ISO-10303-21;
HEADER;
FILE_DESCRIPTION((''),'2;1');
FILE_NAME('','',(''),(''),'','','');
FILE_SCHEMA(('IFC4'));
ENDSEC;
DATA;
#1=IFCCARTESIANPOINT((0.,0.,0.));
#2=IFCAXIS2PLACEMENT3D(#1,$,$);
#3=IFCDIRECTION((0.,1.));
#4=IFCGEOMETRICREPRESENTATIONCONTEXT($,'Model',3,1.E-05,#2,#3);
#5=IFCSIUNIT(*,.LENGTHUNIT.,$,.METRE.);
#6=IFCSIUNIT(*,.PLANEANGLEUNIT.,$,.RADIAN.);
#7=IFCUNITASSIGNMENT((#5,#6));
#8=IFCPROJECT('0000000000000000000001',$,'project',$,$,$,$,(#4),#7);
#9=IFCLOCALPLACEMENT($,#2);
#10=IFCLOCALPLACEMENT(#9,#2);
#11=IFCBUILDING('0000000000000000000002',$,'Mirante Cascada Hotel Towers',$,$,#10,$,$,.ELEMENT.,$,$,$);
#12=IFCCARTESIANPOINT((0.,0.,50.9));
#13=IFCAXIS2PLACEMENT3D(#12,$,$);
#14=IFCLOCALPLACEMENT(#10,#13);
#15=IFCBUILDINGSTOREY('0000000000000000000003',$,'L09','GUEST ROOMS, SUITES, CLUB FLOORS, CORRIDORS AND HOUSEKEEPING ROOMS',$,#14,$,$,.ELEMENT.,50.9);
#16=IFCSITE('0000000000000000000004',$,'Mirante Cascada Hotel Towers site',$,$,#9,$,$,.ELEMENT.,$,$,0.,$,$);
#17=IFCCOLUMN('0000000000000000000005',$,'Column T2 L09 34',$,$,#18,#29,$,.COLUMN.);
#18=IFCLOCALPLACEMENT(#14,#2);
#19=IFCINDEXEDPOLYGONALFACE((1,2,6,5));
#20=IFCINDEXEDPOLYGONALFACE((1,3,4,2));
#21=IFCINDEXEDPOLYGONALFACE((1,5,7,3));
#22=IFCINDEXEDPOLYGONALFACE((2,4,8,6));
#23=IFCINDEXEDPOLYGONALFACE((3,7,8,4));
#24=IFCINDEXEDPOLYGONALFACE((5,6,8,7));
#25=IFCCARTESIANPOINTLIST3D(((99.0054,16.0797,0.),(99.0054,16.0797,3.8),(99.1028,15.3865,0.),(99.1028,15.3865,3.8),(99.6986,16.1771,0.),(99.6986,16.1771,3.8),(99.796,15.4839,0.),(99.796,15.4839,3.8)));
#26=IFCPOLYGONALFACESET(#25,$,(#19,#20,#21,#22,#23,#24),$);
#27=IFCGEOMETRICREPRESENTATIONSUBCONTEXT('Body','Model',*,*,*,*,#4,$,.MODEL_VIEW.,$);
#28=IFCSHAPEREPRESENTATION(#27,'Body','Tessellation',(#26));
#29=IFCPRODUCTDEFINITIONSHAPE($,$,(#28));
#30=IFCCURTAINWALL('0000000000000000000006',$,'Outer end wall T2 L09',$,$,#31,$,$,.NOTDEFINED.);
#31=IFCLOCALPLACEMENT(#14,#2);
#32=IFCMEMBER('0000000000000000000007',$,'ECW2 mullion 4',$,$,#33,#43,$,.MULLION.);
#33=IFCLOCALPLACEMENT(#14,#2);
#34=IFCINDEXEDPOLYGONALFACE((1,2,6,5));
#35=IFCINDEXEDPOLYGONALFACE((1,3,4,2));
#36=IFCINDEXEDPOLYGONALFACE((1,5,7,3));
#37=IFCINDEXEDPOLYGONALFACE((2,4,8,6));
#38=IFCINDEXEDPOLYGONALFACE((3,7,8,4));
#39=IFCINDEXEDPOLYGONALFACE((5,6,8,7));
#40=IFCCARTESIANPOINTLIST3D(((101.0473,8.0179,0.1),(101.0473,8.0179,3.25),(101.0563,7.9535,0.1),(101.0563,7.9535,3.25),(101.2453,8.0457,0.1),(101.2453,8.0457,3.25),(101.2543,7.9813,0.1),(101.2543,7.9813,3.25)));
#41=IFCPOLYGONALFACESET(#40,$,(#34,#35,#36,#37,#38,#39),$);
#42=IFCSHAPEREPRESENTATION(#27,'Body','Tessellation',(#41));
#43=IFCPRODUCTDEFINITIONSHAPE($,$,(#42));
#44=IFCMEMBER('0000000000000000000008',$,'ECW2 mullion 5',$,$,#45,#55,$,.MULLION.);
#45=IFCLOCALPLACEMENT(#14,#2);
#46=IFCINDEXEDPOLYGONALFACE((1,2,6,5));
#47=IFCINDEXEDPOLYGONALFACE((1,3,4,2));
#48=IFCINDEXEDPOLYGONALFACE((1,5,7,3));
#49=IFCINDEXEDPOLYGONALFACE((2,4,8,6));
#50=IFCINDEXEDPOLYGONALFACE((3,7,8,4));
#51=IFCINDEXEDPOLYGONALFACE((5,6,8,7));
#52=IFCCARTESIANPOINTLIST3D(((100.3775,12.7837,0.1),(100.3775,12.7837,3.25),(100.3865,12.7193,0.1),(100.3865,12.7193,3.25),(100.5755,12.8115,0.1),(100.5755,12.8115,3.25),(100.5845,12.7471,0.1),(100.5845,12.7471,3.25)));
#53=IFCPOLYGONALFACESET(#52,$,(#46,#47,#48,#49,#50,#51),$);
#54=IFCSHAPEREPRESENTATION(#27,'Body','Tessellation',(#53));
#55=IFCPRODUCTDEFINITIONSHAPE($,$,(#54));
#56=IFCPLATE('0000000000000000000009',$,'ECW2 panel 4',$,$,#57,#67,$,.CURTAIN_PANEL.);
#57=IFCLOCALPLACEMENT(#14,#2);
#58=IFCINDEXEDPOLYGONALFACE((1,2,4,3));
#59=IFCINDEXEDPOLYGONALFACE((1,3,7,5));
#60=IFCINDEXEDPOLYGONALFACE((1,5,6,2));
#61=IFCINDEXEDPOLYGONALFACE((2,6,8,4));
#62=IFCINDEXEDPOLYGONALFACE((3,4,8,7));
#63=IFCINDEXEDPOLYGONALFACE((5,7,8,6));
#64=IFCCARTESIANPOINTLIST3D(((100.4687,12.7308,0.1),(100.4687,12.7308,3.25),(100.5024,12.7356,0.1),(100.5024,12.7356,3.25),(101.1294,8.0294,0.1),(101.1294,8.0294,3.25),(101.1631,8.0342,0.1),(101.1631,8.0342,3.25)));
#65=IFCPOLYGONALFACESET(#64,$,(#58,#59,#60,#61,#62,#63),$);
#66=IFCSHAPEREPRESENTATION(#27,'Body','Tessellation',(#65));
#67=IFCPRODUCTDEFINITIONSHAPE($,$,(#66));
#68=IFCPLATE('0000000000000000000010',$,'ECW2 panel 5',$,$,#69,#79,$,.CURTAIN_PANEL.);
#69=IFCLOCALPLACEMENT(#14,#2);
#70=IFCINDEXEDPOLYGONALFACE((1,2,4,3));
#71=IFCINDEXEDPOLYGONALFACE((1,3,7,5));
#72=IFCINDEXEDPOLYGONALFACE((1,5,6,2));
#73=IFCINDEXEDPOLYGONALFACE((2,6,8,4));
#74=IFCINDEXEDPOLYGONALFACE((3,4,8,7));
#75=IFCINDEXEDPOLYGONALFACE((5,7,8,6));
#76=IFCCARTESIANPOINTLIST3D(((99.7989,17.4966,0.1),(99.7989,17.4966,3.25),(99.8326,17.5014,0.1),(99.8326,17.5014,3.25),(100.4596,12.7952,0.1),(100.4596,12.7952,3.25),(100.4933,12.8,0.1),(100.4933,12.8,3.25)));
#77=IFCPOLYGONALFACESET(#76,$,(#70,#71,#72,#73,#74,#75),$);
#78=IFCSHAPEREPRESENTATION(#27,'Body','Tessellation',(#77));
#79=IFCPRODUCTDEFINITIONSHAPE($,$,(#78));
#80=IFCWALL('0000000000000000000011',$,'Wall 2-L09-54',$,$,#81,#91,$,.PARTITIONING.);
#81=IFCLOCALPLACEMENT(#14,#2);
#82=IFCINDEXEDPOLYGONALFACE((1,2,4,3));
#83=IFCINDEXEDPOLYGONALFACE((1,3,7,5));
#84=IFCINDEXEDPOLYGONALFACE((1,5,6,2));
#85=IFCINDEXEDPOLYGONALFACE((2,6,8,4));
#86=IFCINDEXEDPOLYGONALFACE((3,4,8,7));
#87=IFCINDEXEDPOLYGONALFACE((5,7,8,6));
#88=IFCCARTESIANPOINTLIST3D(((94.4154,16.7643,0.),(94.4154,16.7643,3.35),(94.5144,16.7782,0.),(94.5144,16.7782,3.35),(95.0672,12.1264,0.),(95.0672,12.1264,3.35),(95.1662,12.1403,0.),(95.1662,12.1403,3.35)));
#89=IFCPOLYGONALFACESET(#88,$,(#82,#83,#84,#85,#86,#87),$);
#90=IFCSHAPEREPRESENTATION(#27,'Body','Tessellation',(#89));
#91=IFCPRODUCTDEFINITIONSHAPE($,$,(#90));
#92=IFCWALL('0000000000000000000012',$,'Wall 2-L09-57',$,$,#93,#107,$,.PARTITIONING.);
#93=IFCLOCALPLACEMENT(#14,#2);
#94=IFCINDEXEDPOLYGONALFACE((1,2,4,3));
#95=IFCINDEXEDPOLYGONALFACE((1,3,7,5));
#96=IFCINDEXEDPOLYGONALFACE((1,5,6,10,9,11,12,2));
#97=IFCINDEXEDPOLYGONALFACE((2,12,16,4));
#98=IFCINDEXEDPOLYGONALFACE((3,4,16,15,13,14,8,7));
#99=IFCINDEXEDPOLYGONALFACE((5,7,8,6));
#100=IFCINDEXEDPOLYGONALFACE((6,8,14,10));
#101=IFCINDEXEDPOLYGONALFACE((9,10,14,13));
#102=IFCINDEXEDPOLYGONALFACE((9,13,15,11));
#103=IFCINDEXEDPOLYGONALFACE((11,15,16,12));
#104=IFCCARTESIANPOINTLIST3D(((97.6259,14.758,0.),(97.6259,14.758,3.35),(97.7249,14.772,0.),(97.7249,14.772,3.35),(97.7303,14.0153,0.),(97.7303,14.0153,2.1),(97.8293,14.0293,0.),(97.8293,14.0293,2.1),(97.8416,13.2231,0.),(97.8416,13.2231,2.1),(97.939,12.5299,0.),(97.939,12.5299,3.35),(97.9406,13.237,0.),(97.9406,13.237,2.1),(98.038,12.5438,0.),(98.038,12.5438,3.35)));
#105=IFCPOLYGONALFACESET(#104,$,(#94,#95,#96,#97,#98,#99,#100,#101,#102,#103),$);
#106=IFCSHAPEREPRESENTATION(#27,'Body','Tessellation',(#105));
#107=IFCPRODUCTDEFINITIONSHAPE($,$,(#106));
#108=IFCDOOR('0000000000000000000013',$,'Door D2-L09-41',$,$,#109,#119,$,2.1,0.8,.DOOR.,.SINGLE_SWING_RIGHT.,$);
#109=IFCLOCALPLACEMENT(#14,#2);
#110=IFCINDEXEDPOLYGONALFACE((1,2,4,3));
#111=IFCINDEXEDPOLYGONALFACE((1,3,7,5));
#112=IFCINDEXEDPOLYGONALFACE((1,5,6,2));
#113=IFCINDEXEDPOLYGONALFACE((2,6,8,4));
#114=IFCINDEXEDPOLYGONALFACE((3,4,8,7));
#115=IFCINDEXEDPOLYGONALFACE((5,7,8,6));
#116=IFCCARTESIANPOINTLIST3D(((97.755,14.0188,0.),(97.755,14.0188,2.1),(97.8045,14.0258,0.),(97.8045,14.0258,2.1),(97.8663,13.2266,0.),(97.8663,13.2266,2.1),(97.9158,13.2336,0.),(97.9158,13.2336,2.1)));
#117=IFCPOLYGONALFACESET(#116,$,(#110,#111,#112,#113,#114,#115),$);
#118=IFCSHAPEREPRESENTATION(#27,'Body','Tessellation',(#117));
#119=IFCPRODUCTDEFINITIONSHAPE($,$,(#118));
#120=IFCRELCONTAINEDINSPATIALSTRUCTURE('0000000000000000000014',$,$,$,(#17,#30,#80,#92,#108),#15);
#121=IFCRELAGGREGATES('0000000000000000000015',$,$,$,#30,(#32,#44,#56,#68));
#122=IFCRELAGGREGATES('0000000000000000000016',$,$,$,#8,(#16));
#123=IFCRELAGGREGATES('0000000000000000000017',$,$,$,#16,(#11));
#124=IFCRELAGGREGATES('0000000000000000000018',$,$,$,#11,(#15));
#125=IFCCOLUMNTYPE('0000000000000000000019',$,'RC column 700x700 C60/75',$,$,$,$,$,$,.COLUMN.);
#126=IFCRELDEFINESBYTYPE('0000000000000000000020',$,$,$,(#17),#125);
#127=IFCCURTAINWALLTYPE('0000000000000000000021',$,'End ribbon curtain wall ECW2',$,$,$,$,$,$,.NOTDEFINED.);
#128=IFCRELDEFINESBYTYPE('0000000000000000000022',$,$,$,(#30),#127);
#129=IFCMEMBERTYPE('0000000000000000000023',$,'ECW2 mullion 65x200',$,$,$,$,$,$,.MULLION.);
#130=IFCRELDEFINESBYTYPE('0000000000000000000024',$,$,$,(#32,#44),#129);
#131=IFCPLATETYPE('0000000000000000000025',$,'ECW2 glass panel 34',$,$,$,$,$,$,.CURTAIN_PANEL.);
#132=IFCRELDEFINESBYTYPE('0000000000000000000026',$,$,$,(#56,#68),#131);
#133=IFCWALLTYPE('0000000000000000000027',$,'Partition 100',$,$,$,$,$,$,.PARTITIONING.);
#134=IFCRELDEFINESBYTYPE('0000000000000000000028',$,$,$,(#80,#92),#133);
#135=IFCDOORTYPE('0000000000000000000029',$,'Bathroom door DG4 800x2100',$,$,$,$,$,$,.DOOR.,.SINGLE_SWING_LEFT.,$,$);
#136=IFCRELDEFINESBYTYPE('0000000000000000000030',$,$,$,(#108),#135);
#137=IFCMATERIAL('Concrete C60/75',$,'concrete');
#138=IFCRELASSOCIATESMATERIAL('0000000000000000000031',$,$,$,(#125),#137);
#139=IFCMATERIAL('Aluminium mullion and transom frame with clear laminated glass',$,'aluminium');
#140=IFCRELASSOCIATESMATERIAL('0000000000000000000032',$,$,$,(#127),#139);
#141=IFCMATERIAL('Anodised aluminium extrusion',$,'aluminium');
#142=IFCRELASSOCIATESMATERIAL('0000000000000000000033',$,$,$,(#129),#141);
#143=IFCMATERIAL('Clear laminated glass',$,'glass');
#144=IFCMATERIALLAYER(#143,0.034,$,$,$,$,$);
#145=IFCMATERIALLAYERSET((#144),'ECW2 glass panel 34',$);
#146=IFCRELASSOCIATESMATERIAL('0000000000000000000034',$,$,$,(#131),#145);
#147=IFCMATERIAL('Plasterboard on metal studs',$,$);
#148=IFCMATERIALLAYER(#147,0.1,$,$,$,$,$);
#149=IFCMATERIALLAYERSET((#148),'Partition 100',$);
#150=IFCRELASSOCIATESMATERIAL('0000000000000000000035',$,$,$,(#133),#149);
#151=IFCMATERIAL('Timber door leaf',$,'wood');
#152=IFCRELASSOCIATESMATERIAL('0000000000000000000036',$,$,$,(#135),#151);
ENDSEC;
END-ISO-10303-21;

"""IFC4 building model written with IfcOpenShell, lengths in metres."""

from ifc_helpers import new_model, si_unit, direction, frame, frame_2d, origin, origin_2d, place, context, subcontext, project, spatial, rectangle, extrude, material, layer, layer_set, material_profile, profile_set, type_object, element, fill, aggregate, save


model = new_model("IFC4")

# Units and contexts
model_context = context("Model", 3, precision=1e-05, world=origin(), true_north=direction((0.0, 1.0)))
body_context = subcontext(model_context, "Body", "Model", "MODEL_VIEW")
ifc_project = project(units=[si_unit("LENGTHUNIT", "METRE"), si_unit("PLANEANGLEUNIT", "RADIAN")], contexts=[model_context])

# Site, building, storey
site_placement = place(None, origin())
site = spatial("IfcSite", under=ifc_project, at=site_placement, Name="Mirante Cascada Hotel Towers site", CompositionType="ELEMENT", RefElevation=0.0)
building_placement = place(site_placement, origin())
building = spatial("IfcBuilding", under=site, at=building_placement, Name="Mirante Cascada Hotel Towers", CompositionType="ELEMENT")
storey_placement = place(building_placement, frame((0.0, 0.0, 50.9)))
storey = spatial("IfcBuildingStorey", under=building, at=storey_placement, Name="L09", Description="GUEST ROOMS, SUITES, CLUB FLOORS, CORRIDORS AND HOUSEKEEPING ROOMS", CompositionType="ELEMENT", Elevation=50.9)

# Column
ifc_material_1 = material(Name="Concrete C60/75", Category="concrete")
ifc_material_profile_1 = material_profile(ifc_material_1, rectangle(XDim=0.7, YDim=0.7, at=origin_2d()), Name="RC column 700x700 C60/75")
ifc_profile_set_1 = profile_set([ifc_material_profile_1], Name="Concrete C60/75")
column_type = type_object("IfcColumnType", Name="RC column 700x700 C60/75", PredefinedType="COLUMN", material=ifc_profile_set_1)
column_placement = place(storey_placement, frame((99.4007, 15.7818, 0.0), z_axis=(0.0, 0.0, 1.0), x_axis=(0.990268, 0.139173, 0.0)))
element("IfcColumn", 1, at=column_placement, inside=storey, type_object=column_type, Name="Column T2 L09 34", PredefinedType="COLUMN", context=body_context, shape_type="SweptSolid", body=[
    extrude(rectangle(XDim=0.7, YDim=0.7, at=origin_2d()), origin(), (0.0, 0.0, 1.0), 3.8),
])

# Curtain wall, members, plates
ifc_material_2 = material(Name="Aluminium mullion and transom frame with clear laminated glass", Category="aluminium")
curtain_wall_type = type_object("IfcCurtainWallType", Name="End ribbon curtain wall ECW2", PredefinedType="NOTDEFINED", material=ifc_material_2)
curtain_wall_placement = place(storey_placement, origin())
curtain_wall = element("IfcCurtainWall", 2, at=curtain_wall_placement, inside=storey, type_object=curtain_wall_type, Name="Outer end wall T2 L09", PredefinedType="NOTDEFINED")
ifc_material_3 = material(Name="Anodised aluminium extrusion", Category="aluminium")
ifc_material_profile_2 = material_profile(ifc_material_3, rectangle(XDim=0.2, YDim=0.065, at=origin_2d()), Name="ECW2 MULLION 65x200")
ifc_profile_set_2 = profile_set([ifc_material_profile_2], Name="Anodised aluminium extrusion")
member_type = type_object("IfcMemberType", Name="ECW2 mullion 65x200", PredefinedType="MULLION", material=ifc_profile_set_2)
member_1_placement = place(storey_placement, frame((101.1508, 7.9996, 0.1), z_axis=(0.0, 0.0, 1.0), x_axis=(-0.990268, -0.139173, 0.0)))
member_1 = element("IfcMember", 3, at=member_1_placement, type_object=member_type, Name="ECW2 mullion 4", PredefinedType="MULLION", context=body_context, shape_type="SweptSolid", body=[
    extrude(rectangle(XDim=0.2, YDim=0.065, at=origin_2d()), origin(), (0.0, 0.0, 1.0), 3.15),
])
member_2_placement = place(storey_placement, frame((100.481, 12.7654, 0.1), z_axis=(0.0, 0.0, 1.0), x_axis=(-0.990268, -0.139173, 0.0)))
member_2 = element("IfcMember", 4, at=member_2_placement, type_object=member_type, Name="ECW2 mullion 5", PredefinedType="MULLION", context=body_context, shape_type="SweptSolid", body=[
    extrude(rectangle(XDim=0.2, YDim=0.065, at=origin_2d()), origin(), (0.0, 0.0, 1.0), 3.15),
])
ifc_material_4 = material(Name="Clear laminated glass", Category="glass")
ifc_layer_1 = layer(ifc_material_4, 0.034)
ifc_layer_set_1 = layer_set([ifc_layer_1], Name="ECW2 glass panel 34")
plate_type = type_object("IfcPlateType", Name="ECW2 glass panel 34", PredefinedType="CURTAIN_PANEL", material=ifc_layer_set_1)
plate_1_placement = place(storey_placement, frame((100.8159, 10.3825, 0.1), z_axis=(0.0, 0.0, 1.0), x_axis=(-0.139173, 0.990268, 0.0)))
plate_1 = element("IfcPlate", 5, at=plate_1_placement, type_object=plate_type, Name="ECW2 panel 4", PredefinedType="CURTAIN_PANEL", context=body_context, shape_type="SweptSolid", body=[
    extrude(rectangle(XDim=4.7476, YDim=0.034, at=origin_2d()), origin(), (0.0, 0.0, 1.0), 3.15),
])
plate_2_placement = place(storey_placement, frame((100.1461, 15.1483, 0.1), z_axis=(0.0, 0.0, 1.0), x_axis=(-0.139173, 0.990268, 0.0)))
plate_2 = element("IfcPlate", 6, at=plate_2_placement, type_object=plate_type, Name="ECW2 panel 5", PredefinedType="CURTAIN_PANEL", context=body_context, shape_type="SweptSolid", body=[
    extrude(rectangle(XDim=4.7476, YDim=0.034, at=origin_2d()), origin(), (0.0, 0.0, 1.0), 3.15),
])
aggregate(curtain_wall, [member_1, member_2, plate_1, plate_2])

# Wall
ifc_material_5 = material(Name="Plasterboard on metal studs")
ifc_layer_2 = layer(ifc_material_5, 0.1)
ifc_layer_set_2 = layer_set([ifc_layer_2], Name="Partition 100")
wall_type = type_object("IfcWallType", Name="Partition 100", PredefinedType="PARTITIONING", material=ifc_layer_set_2)
wall_1_placement = place(storey_placement, frame((95.1167, 12.1333, 0.0), z_axis=(0.0, 0.0, 1.0), x_axis=(-0.13917, 0.990268, 0.0)))
element("IfcWall", 7, at=wall_1_placement, inside=storey, type_object=wall_type, Name="Wall 2-L09-54", PredefinedType="PARTITIONING", context=body_context, shape_type="SweptSolid", body=[
    extrude(rectangle(XDim=4.6835, YDim=0.1, at=frame_2d((2.3418, 0.0))), origin(), (0.0, 0.0, 1.0), 3.35),
])

# Wall, opening, door
wall_2_placement = place(storey_placement, frame((97.6754, 14.765, 0.0), z_axis=(0.0, 0.0, 1.0), x_axis=(0.139156, -0.990271, 0.0)))
wall_2 = element("IfcWall", 8, at=wall_2_placement, inside=storey, type_object=wall_type, Name="Wall 2-L09-57", PredefinedType="PARTITIONING", context=body_context, shape_type="SweptSolid", body=[
    extrude(rectangle(XDim=2.25, YDim=0.1, at=frame_2d((1.125, 0.0))), origin(), (0.0, 0.0, 1.0), 3.35),
])
opening_placement = place(wall_2_placement, frame((0.75, 0.0, 0.0)))
opening = element("IfcOpeningElement", 9, at=opening_placement, cuts=wall_2, PredefinedType="OPENING", context=body_context, shape_type="SweptSolid", body=[
    extrude(rectangle(XDim=0.8, YDim=2.1, at=frame_2d((0.4, 1.05))), frame((0.0, 0.05, 0.0), z_axis=(0.0, -1.0, 0.0), x_axis=(1.0, 0.0, 0.0)), (0.0, 0.0, 1.0), 0.1),
])
ifc_material_6 = material(Name="Timber door leaf", Category="wood")
door_type = type_object("IfcDoorType", Name="Bathroom door DG4 800x2100", OperationType="SINGLE_SWING_LEFT", PredefinedType="DOOR", material=ifc_material_6)
door_placement = place(opening_placement, frame((0.8, 0.0, 0.0), z_axis=(0.0, 0.0, 1.0), x_axis=(-1.0, 0.0, 0.0)))
door = element("IfcDoor", 10, at=door_placement, inside=storey, type_object=door_type, Name="Door D2-L09-41", OperationType="SINGLE_SWING_RIGHT", OverallHeight=2.1, OverallWidth=0.8, PredefinedType="DOOR", context=body_context, shape_type="SweptSolid", body=[
    extrude(rectangle(XDim=0.8, YDim=2.1, at=frame_2d((0.4, 1.05))), frame((0.0, 0.025, 0.0), z_axis=(0.0, -1.0, 0.0), x_axis=(1.0, 0.0, 0.0)), (0.0, 0.0, 1.0), 0.05),
])
fill(opening, door)

save(model, "model.ifc")
